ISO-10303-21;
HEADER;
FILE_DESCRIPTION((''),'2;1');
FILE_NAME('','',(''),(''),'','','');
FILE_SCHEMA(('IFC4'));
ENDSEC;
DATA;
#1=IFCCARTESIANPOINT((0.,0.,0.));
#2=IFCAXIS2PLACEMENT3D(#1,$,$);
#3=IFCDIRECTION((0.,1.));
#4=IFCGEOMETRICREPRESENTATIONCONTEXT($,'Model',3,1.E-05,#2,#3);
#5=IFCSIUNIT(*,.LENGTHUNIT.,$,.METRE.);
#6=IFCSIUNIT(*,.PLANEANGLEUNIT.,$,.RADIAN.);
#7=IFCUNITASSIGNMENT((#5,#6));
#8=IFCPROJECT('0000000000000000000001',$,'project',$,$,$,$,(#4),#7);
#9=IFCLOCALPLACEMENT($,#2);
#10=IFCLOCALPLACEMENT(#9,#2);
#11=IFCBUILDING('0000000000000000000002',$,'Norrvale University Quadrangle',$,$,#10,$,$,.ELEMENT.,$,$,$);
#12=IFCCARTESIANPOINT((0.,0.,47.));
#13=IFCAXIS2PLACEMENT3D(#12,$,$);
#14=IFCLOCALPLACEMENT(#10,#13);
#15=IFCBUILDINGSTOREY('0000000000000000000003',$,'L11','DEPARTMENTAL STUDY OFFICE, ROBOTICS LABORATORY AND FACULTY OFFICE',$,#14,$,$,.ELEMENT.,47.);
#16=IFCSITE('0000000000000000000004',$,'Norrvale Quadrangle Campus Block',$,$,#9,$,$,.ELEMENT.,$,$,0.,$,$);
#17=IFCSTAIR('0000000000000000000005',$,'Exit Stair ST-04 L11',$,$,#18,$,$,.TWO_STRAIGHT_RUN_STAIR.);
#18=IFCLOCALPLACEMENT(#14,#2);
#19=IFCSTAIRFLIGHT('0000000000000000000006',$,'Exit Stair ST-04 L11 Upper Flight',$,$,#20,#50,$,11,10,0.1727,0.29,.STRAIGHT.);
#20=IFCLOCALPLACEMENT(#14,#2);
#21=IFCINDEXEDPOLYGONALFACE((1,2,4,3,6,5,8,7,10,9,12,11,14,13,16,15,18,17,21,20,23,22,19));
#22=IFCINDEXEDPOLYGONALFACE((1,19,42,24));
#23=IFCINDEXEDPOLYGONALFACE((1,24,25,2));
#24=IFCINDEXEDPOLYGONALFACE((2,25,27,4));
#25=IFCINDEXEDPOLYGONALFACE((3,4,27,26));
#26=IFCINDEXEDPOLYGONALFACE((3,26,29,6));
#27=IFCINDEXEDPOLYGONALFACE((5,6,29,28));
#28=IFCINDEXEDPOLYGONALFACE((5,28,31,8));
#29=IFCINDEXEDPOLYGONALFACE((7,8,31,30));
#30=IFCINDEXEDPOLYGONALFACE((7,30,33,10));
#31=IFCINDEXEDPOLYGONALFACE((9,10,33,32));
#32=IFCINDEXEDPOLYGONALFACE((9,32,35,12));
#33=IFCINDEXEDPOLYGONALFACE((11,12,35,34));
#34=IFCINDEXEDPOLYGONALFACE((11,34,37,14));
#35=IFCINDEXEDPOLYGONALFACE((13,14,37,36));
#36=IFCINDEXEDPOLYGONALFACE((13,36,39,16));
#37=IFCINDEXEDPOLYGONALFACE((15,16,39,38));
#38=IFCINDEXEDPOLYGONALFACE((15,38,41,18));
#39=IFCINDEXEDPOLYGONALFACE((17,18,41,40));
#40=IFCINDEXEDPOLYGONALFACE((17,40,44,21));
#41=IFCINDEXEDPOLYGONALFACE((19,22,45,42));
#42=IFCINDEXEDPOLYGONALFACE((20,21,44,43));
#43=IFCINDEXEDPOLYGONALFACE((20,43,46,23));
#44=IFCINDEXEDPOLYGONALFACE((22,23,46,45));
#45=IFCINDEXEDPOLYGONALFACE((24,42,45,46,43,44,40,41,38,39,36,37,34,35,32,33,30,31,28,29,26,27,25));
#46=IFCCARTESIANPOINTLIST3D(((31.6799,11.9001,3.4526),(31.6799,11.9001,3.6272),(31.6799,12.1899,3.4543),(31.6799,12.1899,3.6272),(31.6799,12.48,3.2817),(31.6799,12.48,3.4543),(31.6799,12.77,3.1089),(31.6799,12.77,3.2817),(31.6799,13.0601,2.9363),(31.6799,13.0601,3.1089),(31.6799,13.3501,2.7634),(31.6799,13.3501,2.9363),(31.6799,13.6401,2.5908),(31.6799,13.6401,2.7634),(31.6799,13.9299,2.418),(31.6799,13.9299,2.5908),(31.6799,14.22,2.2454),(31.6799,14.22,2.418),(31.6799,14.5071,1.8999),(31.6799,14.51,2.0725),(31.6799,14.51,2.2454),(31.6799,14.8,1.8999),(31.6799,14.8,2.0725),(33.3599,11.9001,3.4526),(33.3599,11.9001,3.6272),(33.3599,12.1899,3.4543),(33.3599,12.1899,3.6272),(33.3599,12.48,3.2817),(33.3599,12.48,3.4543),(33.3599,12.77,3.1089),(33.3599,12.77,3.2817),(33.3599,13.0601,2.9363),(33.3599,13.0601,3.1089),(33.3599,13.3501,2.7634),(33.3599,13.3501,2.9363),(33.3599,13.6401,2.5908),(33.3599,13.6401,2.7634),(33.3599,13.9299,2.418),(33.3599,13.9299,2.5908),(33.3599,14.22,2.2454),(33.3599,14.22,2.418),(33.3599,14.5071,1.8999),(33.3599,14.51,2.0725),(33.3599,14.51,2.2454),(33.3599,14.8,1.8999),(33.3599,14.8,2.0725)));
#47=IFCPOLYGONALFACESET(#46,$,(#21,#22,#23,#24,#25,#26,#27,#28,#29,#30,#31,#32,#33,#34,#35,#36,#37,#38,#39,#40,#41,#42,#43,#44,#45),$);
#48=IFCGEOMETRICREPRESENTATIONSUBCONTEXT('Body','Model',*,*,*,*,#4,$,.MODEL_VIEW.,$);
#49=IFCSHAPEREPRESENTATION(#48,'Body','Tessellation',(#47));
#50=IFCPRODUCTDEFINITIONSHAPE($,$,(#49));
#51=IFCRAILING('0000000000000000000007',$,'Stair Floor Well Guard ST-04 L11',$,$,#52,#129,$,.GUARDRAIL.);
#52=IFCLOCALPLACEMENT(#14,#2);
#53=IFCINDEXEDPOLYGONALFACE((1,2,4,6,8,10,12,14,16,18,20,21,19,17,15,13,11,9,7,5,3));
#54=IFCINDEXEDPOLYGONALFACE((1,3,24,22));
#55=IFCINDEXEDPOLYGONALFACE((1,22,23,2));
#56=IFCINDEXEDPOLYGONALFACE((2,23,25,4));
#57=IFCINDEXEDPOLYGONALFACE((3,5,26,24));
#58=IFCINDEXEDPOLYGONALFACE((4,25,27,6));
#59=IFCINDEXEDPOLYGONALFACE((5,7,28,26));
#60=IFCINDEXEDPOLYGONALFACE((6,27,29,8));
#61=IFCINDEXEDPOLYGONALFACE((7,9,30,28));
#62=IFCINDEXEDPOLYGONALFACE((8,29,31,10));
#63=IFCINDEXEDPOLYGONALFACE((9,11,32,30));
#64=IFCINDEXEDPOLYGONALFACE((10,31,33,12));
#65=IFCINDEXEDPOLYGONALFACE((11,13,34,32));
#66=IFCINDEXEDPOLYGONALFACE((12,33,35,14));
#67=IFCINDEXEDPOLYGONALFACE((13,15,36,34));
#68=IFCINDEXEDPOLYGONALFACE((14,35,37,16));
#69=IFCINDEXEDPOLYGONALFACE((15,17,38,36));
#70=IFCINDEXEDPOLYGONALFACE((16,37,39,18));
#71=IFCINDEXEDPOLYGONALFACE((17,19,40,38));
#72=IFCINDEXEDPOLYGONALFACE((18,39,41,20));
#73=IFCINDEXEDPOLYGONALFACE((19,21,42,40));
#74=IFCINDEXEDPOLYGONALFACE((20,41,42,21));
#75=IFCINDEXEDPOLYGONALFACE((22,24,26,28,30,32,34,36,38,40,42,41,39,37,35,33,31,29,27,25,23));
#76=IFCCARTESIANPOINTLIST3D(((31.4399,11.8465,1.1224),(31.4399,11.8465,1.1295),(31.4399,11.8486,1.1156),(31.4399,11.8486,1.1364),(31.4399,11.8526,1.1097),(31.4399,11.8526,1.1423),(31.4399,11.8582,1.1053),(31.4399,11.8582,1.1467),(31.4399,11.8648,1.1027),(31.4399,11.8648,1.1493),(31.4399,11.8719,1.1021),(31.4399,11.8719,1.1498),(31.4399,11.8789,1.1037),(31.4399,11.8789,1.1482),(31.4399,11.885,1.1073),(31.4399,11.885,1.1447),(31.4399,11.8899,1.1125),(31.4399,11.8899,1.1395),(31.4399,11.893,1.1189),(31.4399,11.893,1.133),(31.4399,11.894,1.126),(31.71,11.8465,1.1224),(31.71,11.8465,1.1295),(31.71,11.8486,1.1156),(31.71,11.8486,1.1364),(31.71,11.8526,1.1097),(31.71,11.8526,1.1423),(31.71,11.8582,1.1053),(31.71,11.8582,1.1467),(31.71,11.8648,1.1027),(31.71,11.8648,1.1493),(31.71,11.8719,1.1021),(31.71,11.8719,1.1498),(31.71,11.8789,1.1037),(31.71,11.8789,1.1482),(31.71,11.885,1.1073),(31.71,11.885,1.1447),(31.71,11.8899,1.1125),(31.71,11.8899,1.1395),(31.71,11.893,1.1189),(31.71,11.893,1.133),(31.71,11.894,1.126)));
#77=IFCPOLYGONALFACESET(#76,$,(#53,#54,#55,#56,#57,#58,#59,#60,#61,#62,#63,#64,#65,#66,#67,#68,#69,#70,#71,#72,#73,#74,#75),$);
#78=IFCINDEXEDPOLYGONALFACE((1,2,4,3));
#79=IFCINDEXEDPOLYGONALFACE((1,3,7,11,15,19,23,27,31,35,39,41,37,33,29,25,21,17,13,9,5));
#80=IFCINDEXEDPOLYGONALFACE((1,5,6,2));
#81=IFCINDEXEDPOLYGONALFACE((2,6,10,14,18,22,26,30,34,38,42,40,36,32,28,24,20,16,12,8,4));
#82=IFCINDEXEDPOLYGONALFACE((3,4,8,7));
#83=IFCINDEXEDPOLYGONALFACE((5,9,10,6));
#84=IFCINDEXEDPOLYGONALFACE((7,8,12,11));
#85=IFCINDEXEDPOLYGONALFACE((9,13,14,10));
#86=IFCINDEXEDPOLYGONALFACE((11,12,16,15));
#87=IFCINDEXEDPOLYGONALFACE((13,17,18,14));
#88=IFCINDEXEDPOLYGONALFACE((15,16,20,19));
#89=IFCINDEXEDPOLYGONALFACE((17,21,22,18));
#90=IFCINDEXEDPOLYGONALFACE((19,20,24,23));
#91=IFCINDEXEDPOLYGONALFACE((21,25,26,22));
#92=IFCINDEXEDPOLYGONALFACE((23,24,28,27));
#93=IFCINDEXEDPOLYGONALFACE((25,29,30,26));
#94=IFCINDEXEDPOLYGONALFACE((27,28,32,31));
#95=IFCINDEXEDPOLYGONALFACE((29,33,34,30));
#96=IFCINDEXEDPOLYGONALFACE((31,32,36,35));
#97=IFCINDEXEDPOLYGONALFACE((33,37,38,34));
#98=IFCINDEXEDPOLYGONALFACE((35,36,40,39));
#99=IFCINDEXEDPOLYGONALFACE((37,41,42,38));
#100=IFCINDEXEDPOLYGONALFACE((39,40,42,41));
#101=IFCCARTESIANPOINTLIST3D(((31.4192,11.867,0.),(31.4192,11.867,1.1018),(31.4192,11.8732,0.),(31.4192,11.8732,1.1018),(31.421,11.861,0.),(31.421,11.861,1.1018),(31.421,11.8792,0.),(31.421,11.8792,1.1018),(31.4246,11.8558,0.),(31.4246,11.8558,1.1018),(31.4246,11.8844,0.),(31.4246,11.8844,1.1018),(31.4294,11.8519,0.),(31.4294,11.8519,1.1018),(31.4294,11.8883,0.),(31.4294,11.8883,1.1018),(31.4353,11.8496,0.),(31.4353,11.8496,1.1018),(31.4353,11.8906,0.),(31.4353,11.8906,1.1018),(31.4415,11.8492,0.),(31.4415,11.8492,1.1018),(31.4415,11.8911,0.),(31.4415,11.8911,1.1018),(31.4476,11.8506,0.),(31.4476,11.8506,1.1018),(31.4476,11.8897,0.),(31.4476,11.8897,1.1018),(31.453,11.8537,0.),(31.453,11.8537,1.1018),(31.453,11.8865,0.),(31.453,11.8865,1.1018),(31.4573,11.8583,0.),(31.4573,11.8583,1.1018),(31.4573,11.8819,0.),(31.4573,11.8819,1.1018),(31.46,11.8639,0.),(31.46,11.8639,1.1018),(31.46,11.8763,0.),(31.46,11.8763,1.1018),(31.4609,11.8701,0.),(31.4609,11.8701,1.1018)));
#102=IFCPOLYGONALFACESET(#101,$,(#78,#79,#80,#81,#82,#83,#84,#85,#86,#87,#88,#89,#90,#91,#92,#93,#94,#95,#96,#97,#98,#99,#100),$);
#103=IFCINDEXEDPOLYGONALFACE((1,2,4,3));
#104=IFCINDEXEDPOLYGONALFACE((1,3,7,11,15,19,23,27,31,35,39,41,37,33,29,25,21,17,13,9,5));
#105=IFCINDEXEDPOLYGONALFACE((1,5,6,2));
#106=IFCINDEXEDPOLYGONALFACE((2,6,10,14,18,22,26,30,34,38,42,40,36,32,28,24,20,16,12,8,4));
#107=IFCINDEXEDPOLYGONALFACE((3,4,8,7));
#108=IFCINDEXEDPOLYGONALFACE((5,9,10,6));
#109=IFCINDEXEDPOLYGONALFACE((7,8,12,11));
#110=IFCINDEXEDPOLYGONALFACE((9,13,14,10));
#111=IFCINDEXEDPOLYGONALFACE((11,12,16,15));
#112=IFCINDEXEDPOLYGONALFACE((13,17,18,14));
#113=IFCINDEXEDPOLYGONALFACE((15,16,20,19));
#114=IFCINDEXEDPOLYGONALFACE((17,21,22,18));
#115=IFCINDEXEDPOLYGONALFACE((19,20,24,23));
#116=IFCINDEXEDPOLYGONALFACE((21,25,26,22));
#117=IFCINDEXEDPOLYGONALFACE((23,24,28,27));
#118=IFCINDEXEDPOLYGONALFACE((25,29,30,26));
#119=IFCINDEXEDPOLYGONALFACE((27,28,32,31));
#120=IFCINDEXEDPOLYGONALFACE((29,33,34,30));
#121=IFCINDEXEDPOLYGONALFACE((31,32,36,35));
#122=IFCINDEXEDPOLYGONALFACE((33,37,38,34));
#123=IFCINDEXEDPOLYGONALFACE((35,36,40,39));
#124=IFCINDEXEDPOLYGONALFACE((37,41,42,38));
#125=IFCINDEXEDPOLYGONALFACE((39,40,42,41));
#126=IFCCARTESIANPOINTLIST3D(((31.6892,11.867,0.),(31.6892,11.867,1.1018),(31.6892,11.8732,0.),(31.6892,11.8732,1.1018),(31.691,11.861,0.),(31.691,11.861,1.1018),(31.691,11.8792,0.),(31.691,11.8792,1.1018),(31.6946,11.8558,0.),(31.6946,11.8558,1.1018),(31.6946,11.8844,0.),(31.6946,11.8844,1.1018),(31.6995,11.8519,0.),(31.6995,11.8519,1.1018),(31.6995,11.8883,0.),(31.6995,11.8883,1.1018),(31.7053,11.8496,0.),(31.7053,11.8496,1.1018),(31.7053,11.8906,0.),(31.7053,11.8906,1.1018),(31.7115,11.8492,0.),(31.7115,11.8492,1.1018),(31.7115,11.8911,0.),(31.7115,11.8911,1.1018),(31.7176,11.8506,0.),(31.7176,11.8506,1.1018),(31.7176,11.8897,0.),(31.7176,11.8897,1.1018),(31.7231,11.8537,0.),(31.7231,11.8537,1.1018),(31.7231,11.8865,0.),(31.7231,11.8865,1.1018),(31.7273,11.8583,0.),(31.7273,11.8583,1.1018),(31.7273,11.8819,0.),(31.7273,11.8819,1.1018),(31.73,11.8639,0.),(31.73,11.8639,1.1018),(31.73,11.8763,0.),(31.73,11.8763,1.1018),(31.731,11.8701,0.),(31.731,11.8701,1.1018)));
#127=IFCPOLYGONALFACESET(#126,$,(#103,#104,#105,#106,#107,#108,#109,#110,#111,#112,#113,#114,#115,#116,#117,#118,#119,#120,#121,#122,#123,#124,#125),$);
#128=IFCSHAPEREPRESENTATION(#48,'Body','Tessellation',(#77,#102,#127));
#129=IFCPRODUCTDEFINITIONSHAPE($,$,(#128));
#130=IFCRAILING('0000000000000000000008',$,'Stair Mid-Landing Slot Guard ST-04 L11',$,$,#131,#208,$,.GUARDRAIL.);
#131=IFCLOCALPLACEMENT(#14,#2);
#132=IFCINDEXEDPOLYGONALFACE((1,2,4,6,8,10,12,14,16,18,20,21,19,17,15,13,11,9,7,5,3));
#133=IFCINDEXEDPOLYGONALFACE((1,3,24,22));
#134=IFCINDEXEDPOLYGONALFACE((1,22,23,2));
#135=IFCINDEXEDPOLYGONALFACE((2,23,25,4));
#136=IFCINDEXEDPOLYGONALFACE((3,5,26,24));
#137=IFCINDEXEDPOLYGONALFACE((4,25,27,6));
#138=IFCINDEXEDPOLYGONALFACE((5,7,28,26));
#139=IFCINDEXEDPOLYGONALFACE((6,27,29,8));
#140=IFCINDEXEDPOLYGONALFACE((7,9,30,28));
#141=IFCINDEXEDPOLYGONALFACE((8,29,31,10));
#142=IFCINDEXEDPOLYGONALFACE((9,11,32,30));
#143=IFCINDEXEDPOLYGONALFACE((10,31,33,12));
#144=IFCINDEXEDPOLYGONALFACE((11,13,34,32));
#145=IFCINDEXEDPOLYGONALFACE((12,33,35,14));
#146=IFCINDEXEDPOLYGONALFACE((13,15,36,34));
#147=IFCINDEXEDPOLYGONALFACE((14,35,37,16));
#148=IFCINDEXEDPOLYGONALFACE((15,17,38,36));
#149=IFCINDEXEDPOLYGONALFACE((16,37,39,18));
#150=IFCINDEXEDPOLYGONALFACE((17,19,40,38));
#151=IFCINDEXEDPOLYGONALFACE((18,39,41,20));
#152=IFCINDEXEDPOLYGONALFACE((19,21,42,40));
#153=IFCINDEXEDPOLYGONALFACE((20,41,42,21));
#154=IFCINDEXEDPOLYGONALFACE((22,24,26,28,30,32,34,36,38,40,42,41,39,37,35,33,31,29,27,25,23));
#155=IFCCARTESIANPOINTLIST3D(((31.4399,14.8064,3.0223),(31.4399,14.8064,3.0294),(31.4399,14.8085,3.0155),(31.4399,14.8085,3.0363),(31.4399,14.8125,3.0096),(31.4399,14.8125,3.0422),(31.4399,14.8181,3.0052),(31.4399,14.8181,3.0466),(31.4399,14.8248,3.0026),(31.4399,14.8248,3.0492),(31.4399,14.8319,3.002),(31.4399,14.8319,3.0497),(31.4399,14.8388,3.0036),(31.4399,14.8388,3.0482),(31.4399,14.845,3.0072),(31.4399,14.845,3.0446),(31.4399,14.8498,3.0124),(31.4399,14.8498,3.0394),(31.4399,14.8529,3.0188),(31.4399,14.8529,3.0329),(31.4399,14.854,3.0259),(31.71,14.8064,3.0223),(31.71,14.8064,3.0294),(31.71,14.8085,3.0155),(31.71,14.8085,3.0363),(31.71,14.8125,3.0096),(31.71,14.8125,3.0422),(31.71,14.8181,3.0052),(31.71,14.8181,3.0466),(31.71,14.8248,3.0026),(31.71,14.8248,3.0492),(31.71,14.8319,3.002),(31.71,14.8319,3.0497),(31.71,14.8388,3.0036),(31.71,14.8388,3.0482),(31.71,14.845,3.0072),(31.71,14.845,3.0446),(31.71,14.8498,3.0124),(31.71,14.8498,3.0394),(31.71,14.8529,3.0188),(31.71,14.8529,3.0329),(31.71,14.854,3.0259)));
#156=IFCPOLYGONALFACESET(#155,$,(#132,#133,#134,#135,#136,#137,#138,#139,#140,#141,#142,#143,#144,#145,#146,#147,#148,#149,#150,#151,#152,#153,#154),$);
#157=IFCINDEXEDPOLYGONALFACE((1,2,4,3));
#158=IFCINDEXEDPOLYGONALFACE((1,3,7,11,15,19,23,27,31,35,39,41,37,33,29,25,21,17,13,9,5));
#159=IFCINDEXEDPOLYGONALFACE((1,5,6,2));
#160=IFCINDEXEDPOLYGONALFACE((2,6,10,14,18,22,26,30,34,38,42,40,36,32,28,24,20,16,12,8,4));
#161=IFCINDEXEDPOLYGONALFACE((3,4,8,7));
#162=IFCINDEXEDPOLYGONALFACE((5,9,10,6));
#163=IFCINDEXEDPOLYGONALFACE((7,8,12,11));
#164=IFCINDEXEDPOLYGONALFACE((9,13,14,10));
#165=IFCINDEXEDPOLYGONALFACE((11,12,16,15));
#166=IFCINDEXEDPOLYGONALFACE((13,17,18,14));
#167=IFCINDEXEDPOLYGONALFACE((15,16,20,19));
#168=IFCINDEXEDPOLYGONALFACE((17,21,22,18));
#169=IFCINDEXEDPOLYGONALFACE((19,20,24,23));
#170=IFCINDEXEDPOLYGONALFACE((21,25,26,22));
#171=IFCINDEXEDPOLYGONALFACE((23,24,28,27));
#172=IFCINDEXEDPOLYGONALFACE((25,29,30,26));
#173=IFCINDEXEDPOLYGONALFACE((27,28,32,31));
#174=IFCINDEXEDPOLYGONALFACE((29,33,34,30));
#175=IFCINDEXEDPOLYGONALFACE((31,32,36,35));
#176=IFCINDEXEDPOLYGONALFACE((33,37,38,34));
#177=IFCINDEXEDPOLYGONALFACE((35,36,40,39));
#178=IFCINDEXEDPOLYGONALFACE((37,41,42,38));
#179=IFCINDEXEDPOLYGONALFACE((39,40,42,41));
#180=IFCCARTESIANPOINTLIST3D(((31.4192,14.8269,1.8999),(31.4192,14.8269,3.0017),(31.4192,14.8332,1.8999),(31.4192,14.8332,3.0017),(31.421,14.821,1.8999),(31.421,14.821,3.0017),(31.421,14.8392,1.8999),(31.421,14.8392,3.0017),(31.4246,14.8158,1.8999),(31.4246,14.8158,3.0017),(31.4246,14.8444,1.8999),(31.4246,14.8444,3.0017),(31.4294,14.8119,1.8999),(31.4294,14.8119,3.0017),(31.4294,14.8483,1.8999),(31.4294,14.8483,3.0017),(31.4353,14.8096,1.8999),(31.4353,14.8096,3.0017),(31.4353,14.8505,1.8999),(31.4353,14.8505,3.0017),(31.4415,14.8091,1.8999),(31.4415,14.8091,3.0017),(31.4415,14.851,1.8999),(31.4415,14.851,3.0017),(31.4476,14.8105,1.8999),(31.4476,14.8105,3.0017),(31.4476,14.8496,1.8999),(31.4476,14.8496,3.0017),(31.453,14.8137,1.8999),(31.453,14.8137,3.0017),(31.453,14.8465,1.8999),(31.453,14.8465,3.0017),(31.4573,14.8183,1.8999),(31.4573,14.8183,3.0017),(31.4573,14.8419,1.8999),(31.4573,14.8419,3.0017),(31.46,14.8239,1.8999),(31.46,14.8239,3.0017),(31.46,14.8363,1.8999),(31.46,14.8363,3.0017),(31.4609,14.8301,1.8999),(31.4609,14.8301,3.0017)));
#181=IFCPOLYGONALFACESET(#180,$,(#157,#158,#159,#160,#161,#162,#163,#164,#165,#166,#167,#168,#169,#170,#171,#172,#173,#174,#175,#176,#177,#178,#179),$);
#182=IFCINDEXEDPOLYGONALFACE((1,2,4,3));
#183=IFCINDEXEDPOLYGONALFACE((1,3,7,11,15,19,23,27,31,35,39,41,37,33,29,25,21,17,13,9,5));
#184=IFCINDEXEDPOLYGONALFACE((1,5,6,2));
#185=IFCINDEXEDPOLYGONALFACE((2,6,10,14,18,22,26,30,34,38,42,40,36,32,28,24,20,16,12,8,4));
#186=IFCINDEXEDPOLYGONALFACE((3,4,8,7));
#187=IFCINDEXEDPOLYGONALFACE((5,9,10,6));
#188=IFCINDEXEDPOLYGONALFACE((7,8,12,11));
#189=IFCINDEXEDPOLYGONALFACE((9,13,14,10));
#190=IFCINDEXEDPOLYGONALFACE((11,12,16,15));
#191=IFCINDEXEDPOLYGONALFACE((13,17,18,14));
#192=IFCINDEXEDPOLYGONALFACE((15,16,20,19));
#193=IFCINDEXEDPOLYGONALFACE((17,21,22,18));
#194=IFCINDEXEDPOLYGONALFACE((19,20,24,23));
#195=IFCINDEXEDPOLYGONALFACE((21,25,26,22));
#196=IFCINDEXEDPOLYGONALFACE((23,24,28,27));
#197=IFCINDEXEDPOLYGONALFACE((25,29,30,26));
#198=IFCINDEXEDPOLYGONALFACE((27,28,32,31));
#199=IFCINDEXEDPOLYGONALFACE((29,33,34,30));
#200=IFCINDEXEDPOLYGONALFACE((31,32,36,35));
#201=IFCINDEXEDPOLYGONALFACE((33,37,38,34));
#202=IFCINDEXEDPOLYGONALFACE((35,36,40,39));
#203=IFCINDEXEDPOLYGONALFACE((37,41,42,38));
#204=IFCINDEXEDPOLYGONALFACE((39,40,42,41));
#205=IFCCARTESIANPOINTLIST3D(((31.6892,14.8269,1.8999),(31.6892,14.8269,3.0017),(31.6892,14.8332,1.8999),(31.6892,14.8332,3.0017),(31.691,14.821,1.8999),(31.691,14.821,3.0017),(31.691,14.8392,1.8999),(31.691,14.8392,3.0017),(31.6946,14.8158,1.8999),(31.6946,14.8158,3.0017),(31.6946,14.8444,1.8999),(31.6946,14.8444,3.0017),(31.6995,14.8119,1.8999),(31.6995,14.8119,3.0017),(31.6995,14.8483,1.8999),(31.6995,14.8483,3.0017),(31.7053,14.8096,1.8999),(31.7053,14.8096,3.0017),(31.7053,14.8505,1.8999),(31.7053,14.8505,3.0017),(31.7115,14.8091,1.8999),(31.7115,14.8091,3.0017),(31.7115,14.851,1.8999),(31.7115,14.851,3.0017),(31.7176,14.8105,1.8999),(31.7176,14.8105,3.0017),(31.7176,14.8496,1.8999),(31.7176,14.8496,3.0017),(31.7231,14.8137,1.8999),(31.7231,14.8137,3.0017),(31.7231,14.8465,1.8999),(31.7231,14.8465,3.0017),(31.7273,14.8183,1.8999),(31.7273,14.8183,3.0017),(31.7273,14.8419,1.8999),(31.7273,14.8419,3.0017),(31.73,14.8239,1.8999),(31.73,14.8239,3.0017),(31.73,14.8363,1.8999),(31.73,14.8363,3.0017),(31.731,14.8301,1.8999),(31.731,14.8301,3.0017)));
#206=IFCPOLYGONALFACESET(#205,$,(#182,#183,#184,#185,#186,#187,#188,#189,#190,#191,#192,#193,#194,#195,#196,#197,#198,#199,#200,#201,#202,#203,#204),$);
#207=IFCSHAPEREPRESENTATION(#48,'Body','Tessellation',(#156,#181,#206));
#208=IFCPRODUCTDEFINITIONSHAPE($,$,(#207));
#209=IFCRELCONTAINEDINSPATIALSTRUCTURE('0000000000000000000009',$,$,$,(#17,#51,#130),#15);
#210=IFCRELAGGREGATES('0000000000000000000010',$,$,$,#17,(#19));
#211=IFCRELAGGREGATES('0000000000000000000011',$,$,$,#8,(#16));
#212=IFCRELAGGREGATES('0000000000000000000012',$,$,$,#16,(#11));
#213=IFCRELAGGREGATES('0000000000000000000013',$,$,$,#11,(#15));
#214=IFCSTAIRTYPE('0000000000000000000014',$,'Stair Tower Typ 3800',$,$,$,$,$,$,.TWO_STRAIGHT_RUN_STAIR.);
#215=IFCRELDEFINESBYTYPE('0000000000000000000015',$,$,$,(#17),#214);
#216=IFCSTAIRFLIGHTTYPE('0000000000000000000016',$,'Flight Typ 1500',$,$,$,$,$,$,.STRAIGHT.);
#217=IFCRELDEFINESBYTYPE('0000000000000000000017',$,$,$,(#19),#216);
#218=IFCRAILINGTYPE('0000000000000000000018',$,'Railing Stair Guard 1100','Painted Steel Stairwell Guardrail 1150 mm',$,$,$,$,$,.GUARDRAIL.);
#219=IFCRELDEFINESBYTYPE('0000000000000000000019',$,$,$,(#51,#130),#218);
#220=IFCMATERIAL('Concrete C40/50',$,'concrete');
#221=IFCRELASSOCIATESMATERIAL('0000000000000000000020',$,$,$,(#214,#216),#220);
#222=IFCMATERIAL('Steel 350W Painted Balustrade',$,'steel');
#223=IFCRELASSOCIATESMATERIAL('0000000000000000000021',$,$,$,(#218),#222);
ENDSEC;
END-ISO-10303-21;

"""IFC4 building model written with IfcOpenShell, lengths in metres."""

from ifc_helpers import new_model, si_unit, direction, frame, origin, origin_2d, place, context, subcontext, project, spatial, polyline, circle, outline, extrude, material, type_object, element, aggregate, save


model = new_model("IFC4")

# Units and contexts
model_context = context("Model", 3, precision=1e-05, world=origin(), true_north=direction((0.0, 1.0)))
body_context = subcontext(model_context, "Body", "Model", "MODEL_VIEW")
ifc_project = project(units=[si_unit("LENGTHUNIT", "METRE"), si_unit("PLANEANGLEUNIT", "RADIAN")], contexts=[model_context])

# Site, building, storey
site_placement = place(None, origin())
site = spatial("IfcSite", under=ifc_project, at=site_placement, Name="Norrvale Quadrangle Campus Block", CompositionType="ELEMENT", RefElevation=0.0)
building_placement = place(site_placement, origin())
building = spatial("IfcBuilding", under=site, at=building_placement, Name="Norrvale University Quadrangle", CompositionType="ELEMENT")
storey_placement = place(building_placement, frame((0.0, 0.0, 47.0)))
storey = spatial("IfcBuildingStorey", under=building, at=storey_placement, Name="L11", Description="DEPARTMENTAL STUDY OFFICE, ROBOTICS LABORATORY AND FACULTY OFFICE", CompositionType="ELEMENT", Elevation=47.0)

# Stair, stair flight
ifc_material_1 = material(Name="Concrete C40/50", Category="concrete")
stair_type = type_object("IfcStairType", Name="Stair Tower Typ 3800", PredefinedType="TWO_STRAIGHT_RUN_STAIR", material=ifc_material_1)
stair_placement = place(storey_placement, origin())
stair = element("IfcStair", 1, at=stair_placement, inside=storey, type_object=stair_type, Name="Exit Stair ST-04 L11", PredefinedType="TWO_STRAIGHT_RUN_STAIR")
stair_flight_type = type_object("IfcStairFlightType", Name="Flight Typ 1500", PredefinedType="STRAIGHT", material=ifc_material_1)
stair_flight_1_placement = place(storey_placement, frame((32.52, 14.8, 1.8999), z_axis=(0.0, 0.0, 1.0), x_axis=(0.0, -1.0, 0.0)))
stair_flight_1 = element("IfcStairFlight", 2, at=stair_flight_1_placement, type_object=stair_flight_type, Name="Exit Stair ST-04 L11 Upper Flight", NumberOfRisers=11, NumberOfTreads=10, PredefinedType="STRAIGHT", RiserHeight=0.1727, TreadLength=0.29, context=body_context, shape_type="SweptSolid", body=[
    extrude(outline(polyline([(0.0, 0.0), (0.0, 0.1726), (0.29, 0.1726), (0.29, 0.3455), (0.5801, 0.3455), (0.5801, 0.5181), (0.8701, 0.5181), (0.8701, 0.6909), (1.1599, 0.6909), (1.1599, 0.8635), (1.45, 0.8635), (1.45, 1.0364), (1.74, 1.0364), (1.74, 1.209), (2.03, 1.209), (2.03, 1.3818), (2.3201, 1.3818), (2.3201, 1.5544), (2.6101, 1.5544), (2.6101, 1.7273), (2.8999, 1.7273), (2.8999, 1.8999), (2.8999, 1.5527), (0.293, 0.0), (0.0, 0.0)])), frame((0.0, 0.8398, 0.0), z_axis=(0.0, -1.0, 0.0), x_axis=(1.0, 0.0, 0.0)), (0.0, 0.0, 1.0), 1.6799),
])
aggregate(stair, [stair_flight_1])

# Railings
ifc_material_2 = material(Name="Steel 350W Painted Balustrade", Category="steel")
railing_type_1 = type_object("IfcRailingType", Name="Railing Stair Guard 1100", Description="Painted Steel Stairwell Guardrail 1150 mm", PredefinedType="GUARDRAIL", material=ifc_material_2)
for number, where, name in (
    (3, (31.4399, 11.8701, 0.0), "Stair Floor Well Guard ST-04 L11"),
    (4, (31.4399, 14.8301, 1.8999), "Stair Mid-Landing Slot Guard ST-04 L11"),
):
    element("IfcRailing", number, at=place(storey_placement, frame(where)), inside=storey, type_object=railing_type_1, Name=name, PredefinedType="GUARDRAIL", context=body_context, shape_type="SweptSolid", body=[
        extrude(circle(Radius=0.0239, at=origin_2d()), frame((0.0, 0.0, 1.126), z_axis=(1.0, 0.0, 0.0), x_axis=(0.0, 1.0, 0.0)), (0.0, 0.0, 1.0), 0.27),
        extrude(circle(Radius=0.021, at=origin_2d()), origin(), (0.0, 0.0, 1.0), 1.1018),
        extrude(circle(Radius=0.021, at=origin_2d()), frame((0.27, 0.0, 0.0)), (0.0, 0.0, 1.0), 1.1018),
    ])

save(model, "model.ifc")
